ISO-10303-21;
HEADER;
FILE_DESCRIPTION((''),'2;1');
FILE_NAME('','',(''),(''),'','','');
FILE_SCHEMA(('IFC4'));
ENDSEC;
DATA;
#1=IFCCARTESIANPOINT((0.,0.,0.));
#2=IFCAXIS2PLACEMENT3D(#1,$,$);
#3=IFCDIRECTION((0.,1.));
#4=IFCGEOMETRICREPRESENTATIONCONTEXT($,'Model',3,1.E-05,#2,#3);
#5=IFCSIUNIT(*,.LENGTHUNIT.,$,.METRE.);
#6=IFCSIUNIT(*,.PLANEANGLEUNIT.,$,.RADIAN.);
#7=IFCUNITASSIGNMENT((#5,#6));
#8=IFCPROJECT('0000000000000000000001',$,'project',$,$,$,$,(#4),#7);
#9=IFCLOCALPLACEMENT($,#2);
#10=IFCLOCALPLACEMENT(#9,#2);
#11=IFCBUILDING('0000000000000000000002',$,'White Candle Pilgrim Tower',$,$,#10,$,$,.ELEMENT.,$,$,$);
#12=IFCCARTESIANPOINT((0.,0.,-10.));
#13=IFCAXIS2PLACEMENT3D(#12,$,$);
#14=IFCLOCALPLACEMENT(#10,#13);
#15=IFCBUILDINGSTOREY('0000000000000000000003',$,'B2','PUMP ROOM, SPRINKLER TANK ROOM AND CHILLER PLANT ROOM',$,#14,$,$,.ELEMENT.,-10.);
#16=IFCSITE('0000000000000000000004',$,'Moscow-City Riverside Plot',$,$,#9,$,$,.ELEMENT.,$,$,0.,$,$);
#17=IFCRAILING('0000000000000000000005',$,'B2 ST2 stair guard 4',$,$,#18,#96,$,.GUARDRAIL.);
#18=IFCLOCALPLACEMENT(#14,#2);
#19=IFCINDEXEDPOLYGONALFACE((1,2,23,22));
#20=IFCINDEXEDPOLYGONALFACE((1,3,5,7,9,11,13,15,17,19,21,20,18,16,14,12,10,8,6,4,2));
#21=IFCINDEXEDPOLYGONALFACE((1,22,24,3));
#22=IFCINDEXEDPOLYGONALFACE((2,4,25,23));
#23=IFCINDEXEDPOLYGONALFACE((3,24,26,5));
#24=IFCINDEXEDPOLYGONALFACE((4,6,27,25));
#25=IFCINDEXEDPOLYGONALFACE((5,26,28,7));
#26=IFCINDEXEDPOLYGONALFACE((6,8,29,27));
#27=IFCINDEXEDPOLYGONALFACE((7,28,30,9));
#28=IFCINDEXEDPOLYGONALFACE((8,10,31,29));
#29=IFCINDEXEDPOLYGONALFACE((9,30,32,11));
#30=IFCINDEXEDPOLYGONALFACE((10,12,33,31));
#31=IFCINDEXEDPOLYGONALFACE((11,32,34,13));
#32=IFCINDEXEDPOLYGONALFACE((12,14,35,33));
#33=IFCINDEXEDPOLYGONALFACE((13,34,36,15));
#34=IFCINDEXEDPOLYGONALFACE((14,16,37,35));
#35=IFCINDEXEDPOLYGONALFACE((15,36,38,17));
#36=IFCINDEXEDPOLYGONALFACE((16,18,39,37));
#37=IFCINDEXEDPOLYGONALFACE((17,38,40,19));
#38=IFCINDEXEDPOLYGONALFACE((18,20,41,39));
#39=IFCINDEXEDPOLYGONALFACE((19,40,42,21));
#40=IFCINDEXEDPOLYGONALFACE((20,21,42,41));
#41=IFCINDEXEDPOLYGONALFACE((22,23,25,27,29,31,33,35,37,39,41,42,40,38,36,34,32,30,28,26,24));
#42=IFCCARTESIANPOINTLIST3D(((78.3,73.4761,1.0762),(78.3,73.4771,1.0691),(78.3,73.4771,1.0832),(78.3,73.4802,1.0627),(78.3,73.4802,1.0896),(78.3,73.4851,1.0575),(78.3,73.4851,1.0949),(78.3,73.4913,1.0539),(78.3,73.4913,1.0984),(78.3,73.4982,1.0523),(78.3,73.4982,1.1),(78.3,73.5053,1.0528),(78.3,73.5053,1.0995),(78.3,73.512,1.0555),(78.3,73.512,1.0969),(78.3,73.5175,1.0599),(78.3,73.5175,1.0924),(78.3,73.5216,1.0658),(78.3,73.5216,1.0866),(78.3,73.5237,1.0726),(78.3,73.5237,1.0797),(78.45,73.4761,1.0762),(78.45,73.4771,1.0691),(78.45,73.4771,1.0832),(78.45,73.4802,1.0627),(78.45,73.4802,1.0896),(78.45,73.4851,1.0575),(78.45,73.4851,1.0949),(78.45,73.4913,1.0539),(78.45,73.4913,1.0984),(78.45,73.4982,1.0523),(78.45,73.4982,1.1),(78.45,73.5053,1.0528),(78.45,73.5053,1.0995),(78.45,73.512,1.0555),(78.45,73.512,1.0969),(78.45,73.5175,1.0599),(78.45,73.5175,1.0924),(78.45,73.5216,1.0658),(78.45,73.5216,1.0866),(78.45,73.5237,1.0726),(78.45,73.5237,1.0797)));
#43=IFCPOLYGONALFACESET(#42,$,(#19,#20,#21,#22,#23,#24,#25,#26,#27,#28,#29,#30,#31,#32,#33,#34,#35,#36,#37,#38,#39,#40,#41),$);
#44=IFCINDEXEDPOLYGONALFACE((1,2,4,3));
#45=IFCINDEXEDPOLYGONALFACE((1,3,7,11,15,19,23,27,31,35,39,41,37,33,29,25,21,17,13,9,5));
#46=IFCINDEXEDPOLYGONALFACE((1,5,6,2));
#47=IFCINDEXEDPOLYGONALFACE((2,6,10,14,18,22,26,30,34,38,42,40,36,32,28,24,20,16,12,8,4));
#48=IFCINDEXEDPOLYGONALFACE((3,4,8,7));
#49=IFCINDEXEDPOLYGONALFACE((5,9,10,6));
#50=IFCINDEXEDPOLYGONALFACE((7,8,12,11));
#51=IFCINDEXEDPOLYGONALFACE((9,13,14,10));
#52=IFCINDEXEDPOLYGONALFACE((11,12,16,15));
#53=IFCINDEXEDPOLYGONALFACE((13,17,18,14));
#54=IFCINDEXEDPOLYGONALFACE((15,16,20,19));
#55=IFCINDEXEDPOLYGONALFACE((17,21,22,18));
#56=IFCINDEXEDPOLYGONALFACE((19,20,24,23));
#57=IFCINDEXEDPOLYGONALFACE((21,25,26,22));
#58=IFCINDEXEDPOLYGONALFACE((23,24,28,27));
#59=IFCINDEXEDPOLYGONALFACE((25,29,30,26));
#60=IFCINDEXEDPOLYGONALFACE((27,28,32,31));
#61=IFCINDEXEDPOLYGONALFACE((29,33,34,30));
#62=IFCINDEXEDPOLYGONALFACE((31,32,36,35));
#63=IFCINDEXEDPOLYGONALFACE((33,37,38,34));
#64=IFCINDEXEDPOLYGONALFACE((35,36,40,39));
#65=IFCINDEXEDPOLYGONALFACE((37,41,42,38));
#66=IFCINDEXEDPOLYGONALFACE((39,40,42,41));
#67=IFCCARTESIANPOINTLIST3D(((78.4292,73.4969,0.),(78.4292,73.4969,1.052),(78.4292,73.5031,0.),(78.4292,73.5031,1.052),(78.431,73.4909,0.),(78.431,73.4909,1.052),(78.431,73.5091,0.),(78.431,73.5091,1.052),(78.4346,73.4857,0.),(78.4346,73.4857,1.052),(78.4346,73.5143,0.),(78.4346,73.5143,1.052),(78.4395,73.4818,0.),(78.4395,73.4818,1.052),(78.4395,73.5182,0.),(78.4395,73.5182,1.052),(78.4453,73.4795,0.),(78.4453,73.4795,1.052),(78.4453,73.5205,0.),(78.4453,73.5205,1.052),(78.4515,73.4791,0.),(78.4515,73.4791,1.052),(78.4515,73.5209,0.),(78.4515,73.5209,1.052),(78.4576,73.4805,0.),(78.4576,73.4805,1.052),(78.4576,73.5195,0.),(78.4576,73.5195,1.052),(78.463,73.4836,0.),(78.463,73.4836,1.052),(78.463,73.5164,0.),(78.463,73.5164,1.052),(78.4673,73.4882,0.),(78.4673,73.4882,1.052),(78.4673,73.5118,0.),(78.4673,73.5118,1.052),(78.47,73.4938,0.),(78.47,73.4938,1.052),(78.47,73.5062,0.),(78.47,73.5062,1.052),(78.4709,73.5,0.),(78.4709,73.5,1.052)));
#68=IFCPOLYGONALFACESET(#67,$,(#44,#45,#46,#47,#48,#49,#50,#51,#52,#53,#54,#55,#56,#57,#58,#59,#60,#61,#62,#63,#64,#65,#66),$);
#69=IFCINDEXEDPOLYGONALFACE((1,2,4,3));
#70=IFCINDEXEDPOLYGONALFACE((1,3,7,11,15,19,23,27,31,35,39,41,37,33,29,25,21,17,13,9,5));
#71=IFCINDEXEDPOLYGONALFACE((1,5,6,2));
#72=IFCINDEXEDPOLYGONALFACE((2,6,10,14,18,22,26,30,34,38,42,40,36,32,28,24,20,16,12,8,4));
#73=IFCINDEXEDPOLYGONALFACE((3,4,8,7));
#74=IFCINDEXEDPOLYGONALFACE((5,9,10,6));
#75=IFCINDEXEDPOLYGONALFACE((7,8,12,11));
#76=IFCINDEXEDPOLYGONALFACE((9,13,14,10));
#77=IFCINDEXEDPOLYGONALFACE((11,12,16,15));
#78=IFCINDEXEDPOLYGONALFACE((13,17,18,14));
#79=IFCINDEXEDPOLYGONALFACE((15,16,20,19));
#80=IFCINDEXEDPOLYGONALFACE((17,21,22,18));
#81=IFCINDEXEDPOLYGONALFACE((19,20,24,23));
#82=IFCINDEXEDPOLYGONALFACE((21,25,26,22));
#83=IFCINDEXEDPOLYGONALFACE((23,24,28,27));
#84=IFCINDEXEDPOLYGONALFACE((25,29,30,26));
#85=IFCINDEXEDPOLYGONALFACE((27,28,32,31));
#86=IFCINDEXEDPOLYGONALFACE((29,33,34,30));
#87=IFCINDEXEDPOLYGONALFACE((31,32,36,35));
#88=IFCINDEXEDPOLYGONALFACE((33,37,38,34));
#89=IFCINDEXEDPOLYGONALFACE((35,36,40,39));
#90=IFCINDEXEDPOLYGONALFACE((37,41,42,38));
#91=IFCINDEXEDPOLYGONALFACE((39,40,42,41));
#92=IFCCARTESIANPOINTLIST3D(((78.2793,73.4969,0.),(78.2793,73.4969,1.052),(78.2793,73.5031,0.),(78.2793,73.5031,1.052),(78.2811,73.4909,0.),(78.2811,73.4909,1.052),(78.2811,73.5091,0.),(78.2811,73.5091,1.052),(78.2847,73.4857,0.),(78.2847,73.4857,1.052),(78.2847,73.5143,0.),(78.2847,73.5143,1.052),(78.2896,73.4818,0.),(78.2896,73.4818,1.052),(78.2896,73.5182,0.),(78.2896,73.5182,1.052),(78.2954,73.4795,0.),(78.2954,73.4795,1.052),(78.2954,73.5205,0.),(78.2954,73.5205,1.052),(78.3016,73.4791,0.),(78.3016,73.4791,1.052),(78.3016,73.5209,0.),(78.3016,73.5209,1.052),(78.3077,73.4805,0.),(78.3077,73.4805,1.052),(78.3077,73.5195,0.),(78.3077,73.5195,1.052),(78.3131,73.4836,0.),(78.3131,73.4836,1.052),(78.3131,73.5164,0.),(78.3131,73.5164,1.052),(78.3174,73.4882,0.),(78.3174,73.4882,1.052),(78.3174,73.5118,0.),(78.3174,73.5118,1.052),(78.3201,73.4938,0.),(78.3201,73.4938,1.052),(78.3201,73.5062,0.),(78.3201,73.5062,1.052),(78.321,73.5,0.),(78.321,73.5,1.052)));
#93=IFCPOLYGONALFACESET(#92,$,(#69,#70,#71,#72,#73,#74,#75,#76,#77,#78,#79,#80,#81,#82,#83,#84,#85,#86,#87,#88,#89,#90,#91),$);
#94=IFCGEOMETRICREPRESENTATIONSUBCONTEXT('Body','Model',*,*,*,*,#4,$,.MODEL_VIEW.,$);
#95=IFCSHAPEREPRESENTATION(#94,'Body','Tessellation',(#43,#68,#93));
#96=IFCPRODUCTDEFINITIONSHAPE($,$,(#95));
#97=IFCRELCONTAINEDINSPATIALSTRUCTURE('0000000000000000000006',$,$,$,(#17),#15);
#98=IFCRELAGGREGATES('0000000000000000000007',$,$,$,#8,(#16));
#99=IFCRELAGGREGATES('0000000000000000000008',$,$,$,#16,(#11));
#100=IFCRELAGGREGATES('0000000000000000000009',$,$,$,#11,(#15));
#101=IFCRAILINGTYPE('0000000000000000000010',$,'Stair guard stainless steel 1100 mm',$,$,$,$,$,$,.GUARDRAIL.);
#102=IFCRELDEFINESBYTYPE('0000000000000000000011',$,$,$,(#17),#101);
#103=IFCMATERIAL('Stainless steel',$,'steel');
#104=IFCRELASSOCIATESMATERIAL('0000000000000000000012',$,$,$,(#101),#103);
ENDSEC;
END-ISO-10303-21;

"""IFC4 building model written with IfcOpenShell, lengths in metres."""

from ifc_helpers import new_model, si_unit, direction, frame, origin, origin_2d, place, context, subcontext, project, spatial, circle, extrude, material, type_object, element, save


model = new_model("IFC4")

# Units and contexts
model_context = context("Model", 3, precision=1e-05, world=origin(), true_north=direction((0.0, 1.0)))
body_context = subcontext(model_context, "Body", "Model", "MODEL_VIEW")
ifc_project = project(units=[si_unit("LENGTHUNIT", "METRE"), si_unit("PLANEANGLEUNIT", "RADIAN")], contexts=[model_context])

# Site, building, storey
site_placement = place(None, origin())
site = spatial("IfcSite", under=ifc_project, at=site_placement, Name="Moscow-City Riverside Plot", CompositionType="ELEMENT", RefElevation=0.0)
building_placement = place(site_placement, origin())
building = spatial("IfcBuilding", under=site, at=building_placement, Name="White Candle Pilgrim Tower", CompositionType="ELEMENT")
storey_placement = place(building_placement, frame((0.0, 0.0, -10.0)))
storey = spatial("IfcBuildingStorey", under=building, at=storey_placement, Name="B2", Description="PUMP ROOM, SPRINKLER TANK ROOM AND CHILLER PLANT ROOM", CompositionType="ELEMENT", Elevation=-10.0)

# Railing
ifc_material_1 = material(Name="Stainless steel", Category="steel")
railing_type_1 = type_object("IfcRailingType", Name="Stair guard stainless steel 1100 mm", PredefinedType="GUARDRAIL", material=ifc_material_1)
railing_1_placement = place(storey_placement, frame((78.45, 73.5, 0.0)))
element("IfcRailing", 1, at=railing_1_placement, inside=storey, type_object=railing_type_1, Name="B2 ST2 stair guard 4", PredefinedType="GUARDRAIL", context=body_context, shape_type="SweptSolid", body=[
    extrude(circle(Radius=0.0239, at=origin_2d()), frame((0.0, 0.0, 1.0762), z_axis=(-1.0, 0.0, 0.0), x_axis=(0.0, -1.0, 0.0)), (0.0, 0.0, 1.0), 0.1499),
    extrude(circle(Radius=0.021, at=origin_2d()), origin(), (0.0, 0.0, 1.0), 1.052),
    extrude(circle(Radius=0.021, at=origin_2d()), frame((-0.1499, 0.0, 0.0)), (0.0, 0.0, 1.0), 1.052),
])

save(model, "model.ifc")
